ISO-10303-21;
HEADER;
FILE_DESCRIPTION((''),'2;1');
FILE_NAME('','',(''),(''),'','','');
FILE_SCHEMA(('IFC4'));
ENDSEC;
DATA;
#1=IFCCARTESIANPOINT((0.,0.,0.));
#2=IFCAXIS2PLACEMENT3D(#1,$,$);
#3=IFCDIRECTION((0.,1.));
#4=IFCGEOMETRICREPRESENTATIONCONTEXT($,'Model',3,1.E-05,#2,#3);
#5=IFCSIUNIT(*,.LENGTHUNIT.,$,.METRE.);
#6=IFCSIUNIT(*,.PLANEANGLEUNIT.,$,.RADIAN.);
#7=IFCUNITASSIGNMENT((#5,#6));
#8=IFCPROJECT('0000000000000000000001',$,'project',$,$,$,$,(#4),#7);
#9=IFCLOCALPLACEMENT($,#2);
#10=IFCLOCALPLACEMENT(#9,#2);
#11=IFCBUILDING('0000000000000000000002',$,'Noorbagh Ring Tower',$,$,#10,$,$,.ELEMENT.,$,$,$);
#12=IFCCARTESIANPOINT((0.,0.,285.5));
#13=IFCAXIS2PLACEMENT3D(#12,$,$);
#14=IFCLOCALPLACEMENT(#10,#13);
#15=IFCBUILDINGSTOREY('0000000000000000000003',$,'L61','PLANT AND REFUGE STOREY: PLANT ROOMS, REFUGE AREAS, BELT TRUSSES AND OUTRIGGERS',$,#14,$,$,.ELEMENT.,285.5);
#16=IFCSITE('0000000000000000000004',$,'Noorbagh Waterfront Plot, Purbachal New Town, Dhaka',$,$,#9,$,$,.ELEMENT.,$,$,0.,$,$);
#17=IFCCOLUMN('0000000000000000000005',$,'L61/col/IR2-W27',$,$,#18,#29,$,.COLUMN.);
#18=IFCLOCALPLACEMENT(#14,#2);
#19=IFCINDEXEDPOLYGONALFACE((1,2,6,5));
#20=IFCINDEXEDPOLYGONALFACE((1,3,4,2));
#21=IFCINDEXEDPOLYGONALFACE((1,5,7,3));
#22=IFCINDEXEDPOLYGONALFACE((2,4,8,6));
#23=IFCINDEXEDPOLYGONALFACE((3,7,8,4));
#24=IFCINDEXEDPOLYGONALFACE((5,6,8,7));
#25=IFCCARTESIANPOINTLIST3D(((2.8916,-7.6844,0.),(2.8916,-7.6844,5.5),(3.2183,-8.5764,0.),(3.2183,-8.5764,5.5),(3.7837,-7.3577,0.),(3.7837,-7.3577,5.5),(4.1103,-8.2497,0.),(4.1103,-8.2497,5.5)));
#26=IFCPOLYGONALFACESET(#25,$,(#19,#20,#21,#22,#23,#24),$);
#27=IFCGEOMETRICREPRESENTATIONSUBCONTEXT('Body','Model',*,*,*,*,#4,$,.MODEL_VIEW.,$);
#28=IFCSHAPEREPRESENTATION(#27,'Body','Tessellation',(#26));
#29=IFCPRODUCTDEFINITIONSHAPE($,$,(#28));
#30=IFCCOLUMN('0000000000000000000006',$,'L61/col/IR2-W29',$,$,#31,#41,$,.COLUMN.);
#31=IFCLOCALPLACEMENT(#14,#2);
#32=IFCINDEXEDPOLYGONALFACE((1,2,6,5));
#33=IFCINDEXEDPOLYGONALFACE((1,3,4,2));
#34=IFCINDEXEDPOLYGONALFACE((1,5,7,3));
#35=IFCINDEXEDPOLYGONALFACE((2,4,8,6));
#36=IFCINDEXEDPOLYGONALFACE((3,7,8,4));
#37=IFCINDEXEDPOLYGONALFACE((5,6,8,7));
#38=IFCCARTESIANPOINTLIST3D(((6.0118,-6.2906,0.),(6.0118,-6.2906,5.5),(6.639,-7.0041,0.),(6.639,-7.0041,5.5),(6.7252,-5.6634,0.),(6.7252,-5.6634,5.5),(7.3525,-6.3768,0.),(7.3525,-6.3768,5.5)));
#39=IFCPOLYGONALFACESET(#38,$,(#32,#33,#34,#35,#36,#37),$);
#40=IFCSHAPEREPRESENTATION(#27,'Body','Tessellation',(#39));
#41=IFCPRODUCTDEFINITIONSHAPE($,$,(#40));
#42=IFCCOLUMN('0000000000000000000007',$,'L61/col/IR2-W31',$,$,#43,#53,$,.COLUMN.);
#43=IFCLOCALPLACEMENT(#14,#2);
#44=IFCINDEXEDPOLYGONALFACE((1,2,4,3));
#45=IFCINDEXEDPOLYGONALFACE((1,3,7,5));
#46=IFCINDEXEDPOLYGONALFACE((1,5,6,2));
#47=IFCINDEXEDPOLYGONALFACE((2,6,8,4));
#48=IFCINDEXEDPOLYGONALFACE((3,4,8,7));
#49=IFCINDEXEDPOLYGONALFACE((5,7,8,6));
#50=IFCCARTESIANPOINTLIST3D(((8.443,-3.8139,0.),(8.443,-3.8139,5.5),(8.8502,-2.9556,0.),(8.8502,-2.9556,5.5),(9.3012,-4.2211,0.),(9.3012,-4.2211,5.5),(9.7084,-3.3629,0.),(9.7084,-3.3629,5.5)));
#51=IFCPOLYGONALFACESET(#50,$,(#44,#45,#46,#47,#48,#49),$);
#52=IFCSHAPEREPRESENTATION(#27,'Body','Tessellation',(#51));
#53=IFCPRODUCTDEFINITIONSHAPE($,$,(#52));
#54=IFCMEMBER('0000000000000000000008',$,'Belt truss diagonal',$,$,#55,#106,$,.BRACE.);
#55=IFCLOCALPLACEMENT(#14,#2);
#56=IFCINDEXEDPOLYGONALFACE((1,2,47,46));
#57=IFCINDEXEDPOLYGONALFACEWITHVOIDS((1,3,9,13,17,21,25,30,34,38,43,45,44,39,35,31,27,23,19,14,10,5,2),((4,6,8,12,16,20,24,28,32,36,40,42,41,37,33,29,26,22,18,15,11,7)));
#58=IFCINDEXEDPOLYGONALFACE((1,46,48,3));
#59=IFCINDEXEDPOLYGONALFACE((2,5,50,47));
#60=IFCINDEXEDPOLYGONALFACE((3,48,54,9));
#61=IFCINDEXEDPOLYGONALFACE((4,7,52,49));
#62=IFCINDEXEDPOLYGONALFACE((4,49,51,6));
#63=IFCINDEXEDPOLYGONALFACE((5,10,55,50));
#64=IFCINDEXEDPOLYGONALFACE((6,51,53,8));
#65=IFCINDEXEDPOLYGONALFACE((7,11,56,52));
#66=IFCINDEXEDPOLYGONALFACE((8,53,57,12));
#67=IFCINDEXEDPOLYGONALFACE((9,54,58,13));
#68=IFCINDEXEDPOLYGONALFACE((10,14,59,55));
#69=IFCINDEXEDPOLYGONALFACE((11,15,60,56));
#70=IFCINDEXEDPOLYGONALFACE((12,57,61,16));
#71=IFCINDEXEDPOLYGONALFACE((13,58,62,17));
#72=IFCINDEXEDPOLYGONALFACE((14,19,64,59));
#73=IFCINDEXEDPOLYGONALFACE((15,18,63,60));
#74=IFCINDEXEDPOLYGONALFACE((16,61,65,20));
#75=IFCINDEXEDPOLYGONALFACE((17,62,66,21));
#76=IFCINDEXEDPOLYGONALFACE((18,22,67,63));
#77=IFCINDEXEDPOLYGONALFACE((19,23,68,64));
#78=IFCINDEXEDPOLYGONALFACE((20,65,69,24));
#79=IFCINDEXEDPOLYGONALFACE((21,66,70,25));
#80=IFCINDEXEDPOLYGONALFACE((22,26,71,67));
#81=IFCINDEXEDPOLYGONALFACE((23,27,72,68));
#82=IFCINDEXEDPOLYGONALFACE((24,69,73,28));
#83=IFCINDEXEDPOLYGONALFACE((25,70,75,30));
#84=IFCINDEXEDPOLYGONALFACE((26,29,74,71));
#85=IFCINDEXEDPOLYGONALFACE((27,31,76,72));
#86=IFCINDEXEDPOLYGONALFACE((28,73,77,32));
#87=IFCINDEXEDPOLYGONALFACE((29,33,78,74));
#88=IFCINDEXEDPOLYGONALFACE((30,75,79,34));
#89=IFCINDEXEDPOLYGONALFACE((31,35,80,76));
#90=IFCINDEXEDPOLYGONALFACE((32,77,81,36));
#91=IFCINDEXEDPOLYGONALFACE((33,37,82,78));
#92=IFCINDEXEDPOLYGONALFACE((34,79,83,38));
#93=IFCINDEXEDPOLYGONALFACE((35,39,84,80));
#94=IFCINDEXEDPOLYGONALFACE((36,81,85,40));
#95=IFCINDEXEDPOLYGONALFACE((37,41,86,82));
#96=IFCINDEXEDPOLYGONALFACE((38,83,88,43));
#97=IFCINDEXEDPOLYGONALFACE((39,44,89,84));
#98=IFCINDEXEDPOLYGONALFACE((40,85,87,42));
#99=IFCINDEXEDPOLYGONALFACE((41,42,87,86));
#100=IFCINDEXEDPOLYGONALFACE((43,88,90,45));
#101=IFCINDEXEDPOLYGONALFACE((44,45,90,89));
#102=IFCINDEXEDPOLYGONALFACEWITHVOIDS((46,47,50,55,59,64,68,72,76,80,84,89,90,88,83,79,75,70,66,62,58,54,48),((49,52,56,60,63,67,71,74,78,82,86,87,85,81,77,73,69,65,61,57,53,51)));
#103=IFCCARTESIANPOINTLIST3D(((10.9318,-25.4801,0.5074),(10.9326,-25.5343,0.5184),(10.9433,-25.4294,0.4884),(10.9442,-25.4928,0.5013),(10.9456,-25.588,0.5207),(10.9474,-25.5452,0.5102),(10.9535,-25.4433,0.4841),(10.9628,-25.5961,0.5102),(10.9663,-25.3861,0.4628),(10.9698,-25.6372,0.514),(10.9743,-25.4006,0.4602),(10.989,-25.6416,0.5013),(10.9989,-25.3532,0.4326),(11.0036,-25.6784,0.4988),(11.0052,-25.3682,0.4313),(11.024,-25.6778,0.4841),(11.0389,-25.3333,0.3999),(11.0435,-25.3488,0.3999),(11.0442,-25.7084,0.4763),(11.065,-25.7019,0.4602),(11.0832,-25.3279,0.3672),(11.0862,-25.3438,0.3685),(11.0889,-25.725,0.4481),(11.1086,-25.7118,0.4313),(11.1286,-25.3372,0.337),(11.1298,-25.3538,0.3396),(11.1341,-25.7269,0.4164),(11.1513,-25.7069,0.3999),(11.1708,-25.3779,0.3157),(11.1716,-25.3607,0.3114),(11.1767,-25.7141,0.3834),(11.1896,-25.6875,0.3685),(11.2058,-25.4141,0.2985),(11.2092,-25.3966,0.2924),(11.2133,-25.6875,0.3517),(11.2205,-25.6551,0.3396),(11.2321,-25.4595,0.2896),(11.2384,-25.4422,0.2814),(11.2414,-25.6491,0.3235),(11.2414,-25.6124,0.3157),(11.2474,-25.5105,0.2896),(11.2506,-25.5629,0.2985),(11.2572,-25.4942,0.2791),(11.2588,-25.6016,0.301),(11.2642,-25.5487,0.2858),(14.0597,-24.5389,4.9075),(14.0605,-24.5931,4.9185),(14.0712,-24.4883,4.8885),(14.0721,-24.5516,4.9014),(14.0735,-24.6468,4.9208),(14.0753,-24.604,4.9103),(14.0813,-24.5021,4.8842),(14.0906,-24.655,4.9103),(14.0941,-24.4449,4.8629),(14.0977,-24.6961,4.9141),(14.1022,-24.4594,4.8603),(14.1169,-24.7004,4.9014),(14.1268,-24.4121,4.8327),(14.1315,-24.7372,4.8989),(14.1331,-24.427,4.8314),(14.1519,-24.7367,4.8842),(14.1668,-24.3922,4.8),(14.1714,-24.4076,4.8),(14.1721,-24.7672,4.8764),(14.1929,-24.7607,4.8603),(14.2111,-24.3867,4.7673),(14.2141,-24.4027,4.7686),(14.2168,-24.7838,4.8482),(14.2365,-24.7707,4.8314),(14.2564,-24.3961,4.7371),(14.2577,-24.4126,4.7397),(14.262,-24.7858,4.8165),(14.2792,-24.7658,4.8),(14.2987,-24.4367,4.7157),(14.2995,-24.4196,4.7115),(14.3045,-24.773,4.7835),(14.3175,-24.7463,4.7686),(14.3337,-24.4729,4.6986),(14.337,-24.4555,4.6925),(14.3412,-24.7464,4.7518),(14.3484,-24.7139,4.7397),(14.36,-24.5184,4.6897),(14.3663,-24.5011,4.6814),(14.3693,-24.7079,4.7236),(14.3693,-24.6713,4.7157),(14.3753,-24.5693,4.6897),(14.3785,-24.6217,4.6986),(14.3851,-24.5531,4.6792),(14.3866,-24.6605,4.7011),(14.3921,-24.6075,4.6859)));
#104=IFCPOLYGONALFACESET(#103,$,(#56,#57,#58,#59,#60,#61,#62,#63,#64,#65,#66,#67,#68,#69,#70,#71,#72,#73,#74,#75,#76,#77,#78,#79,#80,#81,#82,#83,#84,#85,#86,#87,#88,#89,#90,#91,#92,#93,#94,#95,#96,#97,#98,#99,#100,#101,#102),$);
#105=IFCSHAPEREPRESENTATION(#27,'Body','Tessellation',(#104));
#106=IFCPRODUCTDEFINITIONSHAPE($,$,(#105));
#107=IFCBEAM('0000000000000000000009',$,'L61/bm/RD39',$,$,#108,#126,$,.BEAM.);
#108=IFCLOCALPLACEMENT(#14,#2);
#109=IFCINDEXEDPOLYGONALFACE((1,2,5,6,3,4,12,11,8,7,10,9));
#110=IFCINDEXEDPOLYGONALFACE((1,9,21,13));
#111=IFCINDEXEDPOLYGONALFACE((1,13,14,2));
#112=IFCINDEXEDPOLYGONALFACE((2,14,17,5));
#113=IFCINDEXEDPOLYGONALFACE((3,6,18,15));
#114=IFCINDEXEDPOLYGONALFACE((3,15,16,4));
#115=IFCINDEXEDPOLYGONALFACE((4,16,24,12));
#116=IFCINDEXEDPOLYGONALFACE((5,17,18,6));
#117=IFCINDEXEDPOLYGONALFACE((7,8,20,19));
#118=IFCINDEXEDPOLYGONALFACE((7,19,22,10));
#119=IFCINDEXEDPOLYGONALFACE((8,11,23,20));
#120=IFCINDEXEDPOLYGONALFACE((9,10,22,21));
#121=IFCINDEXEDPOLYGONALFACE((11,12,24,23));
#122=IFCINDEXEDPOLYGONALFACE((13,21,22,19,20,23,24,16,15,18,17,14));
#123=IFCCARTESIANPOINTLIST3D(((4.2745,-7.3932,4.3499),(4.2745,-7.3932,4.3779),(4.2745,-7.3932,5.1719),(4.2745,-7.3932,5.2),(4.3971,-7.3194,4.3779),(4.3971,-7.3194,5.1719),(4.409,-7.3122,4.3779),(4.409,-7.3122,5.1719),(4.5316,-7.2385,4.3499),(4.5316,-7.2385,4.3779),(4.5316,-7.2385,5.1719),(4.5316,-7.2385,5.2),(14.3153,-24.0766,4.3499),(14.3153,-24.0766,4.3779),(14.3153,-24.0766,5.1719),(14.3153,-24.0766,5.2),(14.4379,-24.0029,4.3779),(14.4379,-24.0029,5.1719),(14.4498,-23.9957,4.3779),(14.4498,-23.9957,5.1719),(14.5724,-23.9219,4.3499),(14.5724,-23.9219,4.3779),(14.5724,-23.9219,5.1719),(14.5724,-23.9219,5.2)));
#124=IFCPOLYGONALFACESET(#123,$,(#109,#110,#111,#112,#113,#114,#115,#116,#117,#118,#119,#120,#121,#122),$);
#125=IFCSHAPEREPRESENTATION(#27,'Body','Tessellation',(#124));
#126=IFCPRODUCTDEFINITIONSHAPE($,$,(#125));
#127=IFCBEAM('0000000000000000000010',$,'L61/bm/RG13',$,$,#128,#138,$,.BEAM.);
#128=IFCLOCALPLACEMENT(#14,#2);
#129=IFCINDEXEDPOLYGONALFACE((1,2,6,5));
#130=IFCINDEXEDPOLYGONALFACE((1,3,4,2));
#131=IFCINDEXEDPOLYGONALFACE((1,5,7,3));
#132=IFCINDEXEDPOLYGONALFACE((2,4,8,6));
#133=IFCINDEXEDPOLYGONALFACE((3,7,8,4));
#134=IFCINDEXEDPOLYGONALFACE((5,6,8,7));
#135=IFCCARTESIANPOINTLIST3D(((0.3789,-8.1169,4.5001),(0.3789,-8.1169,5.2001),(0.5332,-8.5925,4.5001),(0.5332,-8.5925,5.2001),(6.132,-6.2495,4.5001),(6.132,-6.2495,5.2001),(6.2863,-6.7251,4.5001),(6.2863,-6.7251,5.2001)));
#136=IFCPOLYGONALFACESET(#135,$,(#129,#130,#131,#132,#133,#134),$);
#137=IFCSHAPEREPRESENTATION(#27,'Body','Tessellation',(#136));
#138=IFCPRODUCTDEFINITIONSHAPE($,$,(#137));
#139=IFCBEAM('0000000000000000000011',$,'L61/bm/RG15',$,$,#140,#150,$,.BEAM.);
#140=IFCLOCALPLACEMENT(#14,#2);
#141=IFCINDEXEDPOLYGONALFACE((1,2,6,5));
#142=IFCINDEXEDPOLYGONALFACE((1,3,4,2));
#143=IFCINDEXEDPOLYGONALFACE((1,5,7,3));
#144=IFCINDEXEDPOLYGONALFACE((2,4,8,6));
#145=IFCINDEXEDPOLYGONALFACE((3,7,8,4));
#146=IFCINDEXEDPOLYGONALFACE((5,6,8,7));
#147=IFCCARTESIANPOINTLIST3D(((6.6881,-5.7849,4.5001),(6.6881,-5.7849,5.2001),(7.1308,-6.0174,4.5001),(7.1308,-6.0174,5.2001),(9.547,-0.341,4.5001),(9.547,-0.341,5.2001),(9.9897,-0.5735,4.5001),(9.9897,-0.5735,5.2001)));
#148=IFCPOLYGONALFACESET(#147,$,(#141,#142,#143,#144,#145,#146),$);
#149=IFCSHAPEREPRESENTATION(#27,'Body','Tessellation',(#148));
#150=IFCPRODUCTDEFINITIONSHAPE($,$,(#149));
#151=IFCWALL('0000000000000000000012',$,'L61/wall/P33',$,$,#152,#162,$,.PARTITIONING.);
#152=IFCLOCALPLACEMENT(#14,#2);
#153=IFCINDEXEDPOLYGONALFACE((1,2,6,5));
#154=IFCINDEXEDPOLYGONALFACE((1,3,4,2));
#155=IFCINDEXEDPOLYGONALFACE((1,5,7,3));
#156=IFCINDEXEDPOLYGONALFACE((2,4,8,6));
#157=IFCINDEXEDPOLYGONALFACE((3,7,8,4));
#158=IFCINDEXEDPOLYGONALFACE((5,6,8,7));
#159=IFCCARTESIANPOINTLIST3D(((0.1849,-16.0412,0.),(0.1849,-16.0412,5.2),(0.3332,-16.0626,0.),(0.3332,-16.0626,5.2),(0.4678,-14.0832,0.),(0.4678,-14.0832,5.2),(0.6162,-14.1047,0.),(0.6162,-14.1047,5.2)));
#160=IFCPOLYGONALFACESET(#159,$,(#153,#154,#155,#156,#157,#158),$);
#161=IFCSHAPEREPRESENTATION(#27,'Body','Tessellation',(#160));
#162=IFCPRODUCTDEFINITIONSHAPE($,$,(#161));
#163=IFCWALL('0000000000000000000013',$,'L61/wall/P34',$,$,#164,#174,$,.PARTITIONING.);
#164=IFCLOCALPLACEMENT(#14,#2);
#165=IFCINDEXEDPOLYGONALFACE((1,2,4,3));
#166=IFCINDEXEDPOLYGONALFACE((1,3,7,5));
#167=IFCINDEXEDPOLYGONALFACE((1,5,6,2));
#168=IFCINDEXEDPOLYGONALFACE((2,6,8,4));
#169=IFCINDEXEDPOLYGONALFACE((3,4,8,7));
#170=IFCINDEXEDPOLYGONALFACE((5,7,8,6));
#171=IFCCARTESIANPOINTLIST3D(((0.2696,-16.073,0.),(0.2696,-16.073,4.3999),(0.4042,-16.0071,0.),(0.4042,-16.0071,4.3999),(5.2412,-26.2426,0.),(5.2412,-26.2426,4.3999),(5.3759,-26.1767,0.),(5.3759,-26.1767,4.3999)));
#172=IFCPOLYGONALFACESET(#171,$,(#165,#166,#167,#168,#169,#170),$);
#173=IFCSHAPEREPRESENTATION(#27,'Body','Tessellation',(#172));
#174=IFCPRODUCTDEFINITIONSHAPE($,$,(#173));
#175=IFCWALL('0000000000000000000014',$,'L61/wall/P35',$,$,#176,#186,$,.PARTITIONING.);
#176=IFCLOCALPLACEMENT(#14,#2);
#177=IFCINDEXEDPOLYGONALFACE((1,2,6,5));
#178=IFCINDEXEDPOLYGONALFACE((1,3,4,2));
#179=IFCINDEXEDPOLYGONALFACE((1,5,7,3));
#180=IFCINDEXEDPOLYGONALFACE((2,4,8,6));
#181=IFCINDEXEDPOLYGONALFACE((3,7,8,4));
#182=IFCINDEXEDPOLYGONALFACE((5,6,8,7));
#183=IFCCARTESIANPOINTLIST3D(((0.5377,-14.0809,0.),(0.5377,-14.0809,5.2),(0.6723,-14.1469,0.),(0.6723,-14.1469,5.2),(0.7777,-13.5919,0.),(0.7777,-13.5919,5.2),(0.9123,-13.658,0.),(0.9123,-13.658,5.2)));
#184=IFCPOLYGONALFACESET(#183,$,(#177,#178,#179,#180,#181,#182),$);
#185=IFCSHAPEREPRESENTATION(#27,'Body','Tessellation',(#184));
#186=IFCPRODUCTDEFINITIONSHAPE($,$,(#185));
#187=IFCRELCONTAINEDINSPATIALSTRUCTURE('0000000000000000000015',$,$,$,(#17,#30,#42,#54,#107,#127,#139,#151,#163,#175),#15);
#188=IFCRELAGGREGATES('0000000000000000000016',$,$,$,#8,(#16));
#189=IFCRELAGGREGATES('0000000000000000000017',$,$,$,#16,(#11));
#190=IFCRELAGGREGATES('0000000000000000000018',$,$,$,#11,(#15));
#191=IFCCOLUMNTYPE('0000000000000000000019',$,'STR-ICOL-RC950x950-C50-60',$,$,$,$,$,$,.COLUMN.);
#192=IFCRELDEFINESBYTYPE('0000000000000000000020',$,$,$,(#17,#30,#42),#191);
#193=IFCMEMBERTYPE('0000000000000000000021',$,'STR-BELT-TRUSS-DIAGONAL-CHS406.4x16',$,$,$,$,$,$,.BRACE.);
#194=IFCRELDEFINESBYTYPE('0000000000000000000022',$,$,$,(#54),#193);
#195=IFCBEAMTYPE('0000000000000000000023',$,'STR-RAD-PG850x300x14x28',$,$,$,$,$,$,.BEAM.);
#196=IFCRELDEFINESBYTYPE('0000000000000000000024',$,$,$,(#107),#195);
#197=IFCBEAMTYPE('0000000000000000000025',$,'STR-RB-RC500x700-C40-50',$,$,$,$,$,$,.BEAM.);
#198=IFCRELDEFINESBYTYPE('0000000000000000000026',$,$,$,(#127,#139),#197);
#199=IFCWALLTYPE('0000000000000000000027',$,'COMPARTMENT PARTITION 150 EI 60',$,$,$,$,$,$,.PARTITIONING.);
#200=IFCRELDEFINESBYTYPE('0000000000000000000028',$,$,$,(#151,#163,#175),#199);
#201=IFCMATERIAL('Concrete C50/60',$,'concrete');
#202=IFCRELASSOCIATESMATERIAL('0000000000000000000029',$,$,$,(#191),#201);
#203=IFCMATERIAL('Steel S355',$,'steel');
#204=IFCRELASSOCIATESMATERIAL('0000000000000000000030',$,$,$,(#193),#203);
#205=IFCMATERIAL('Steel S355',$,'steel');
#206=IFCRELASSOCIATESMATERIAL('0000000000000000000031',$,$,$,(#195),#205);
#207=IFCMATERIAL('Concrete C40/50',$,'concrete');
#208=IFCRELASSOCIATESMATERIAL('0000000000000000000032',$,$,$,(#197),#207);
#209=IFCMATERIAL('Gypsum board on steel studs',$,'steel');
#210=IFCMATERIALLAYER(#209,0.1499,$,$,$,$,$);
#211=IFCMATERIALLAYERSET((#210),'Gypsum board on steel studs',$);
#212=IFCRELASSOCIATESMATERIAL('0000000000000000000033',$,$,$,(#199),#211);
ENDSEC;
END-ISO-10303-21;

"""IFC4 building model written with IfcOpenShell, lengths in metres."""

from ifc_helpers import new_model, si_unit, direction, frame, frame_2d, origin, origin_2d, place, context, subcontext, project, spatial, rectangle, hollow_circle, i_section, extrude, material, layer, layer_set, material_profile, profile_set, type_object, element, save


model = new_model("IFC4")

# Units and contexts
model_context = context("Model", 3, precision=1e-05, world=origin(), true_north=direction((0.0, 1.0)))
body_context = subcontext(model_context, "Body", "Model", "MODEL_VIEW")
ifc_project = project(units=[si_unit("LENGTHUNIT", "METRE"), si_unit("PLANEANGLEUNIT", "RADIAN")], contexts=[model_context])

# Site, building, storey
site_placement = place(None, origin())
site = spatial("IfcSite", under=ifc_project, at=site_placement, Name="Noorbagh Waterfront Plot, Purbachal New Town, Dhaka", CompositionType="ELEMENT", RefElevation=0.0)
building_placement = place(site_placement, origin())
building = spatial("IfcBuilding", under=site, at=building_placement, Name="Noorbagh Ring Tower", CompositionType="ELEMENT")
storey_placement = place(building_placement, frame((0.0, 0.0, 285.5)))
storey = spatial("IfcBuildingStorey", under=building, at=storey_placement, Name="L61", Description="PLANT AND REFUGE STOREY: PLANT ROOMS, REFUGE AREAS, BELT TRUSSES AND OUTRIGGERS", CompositionType="ELEMENT", Elevation=285.5)

# Columns
ifc_material_1 = material(Name="Concrete C50/60", Category="concrete")
ifc_material_profile_1 = material_profile(ifc_material_1, rectangle(XDim=0.95, YDim=0.95, at=origin_2d()), Name="RC950x950")
ifc_profile_set_1 = profile_set([ifc_material_profile_1], Name="Concrete C50/60")
column_type = type_object("IfcColumnType", Name="STR-ICOL-RC950x950-C50-60", PredefinedType="COLUMN", material=ifc_profile_set_1)
for number, where, z_axis, x_axis, name in (
    (1, (3.501, -7.967, 0.0), (0.0, 0.0, 1.0), (0.93902, 0.343864, 0.0), "L61/col/IR2-W27"),
    (2, (6.6821, -6.3337, 0.0), (0.0, 0.0, 1.0), (0.751022, 0.660277, 0.0), "L61/col/IR2-W29"),
    (3, (9.0757, -3.5884, 0.0), (0.0, 0.0, 1.0), (0.428667, 0.903463, 0.0), "L61/col/IR2-W31"),
):
    element("IfcColumn", number, at=place(storey_placement, frame(where, z_axis=z_axis, x_axis=x_axis)), inside=storey, type_object=column_type, Name=name, PredefinedType="COLUMN", context=body_context, shape_type="SweptSolid", body=[
        extrude(rectangle(XDim=0.95, YDim=0.95, at=origin_2d()), origin(), (0.0, 0.0, 1.0), 5.5),
    ])

# Member
ifc_material_2 = material(Name="Steel S355", Category="steel")
ifc_material_profile_2 = material_profile(ifc_material_2, hollow_circle(Radius=0.2031, WallThickness=0.0161, at=origin_2d()), Name="CHS406.4x16")
ifc_profile_set_2 = profile_set([ifc_material_profile_2], Name="Steel S355")
member_type = type_object("IfcMemberType", Name="STR-BELT-TRUSS-DIAGONAL-CHS406.4x16", PredefinedType="BRACE", material=ifc_profile_set_2)
member_placement = place(storey_placement, frame((11.0974, -25.5278, 0.3999), z_axis=(0.570784, 0.171743, 0.802938), x_axis=(-0.288129, 0.957591, 0.0)))
element("IfcMember", 4, at=member_placement, inside=storey, type_object=member_type, Name="Belt truss diagonal", PredefinedType="BRACE", context=body_context, shape_type="SweptSolid", body=[
    extrude(hollow_circle(Radius=0.2031, WallThickness=0.0161, at=origin_2d()), origin(), (0.0, 0.0, 1.0), 5.48),
])

# Beams
ifc_material_3 = material(Name="Steel S355", Category="steel")
ifc_material_profile_3 = material_profile(ifc_material_3, i_section(OverallWidth=0.3, OverallDepth=0.8501, WebThickness=0.0139, FlangeThickness=0.0281, at=origin_2d()), Name="PG850x300x14x28")
ifc_profile_set_3 = profile_set([ifc_material_profile_3], Name="Steel S355")
beam_type_1 = type_object("IfcBeamType", Name="STR-RAD-PG850x300x14x28", PredefinedType="BEAM", material=ifc_profile_set_3)
beam_1_placement = place(storey_placement, frame((14.4438, -23.9993, 4.7749), z_axis=(-0.515657, 0.856795, 0.0), x_axis=(-0.856795, -0.515657, 0.0)))
element("IfcBeam", 5, at=beam_1_placement, inside=storey, type_object=beam_type_1, Name="L61/bm/RD39", PredefinedType="BEAM", context=body_context, shape_type="SweptSolid", body=[
    extrude(i_section(OverallWidth=0.3, OverallDepth=0.8501, WebThickness=0.0139, FlangeThickness=0.0281, at=origin_2d()), origin(), (0.0, 0.0, 1.0), 19.4719),
])
ifc_material_4 = material(Name="Concrete C40/50", Category="concrete")
ifc_material_profile_4 = material_profile(ifc_material_4, rectangle(XDim=0.5, YDim=0.7, at=origin_2d()), Name="RC500x700")
ifc_profile_set_4 = profile_set([ifc_material_profile_4], Name="Concrete C40/50")
beam_type_2 = type_object("IfcBeamType", Name="STR-RB-RC500x700-C40-50", PredefinedType="BEAM", material=ifc_profile_set_4)
beam_2_placement = place(storey_placement, frame((0.4561, -8.3547, 4.8501), z_axis=(0.951148, 0.308735, 0.0), x_axis=(-0.308735, 0.951148, 0.0)))
element("IfcBeam", 6, at=beam_2_placement, inside=storey, type_object=beam_type_2, Name="L61/bm/RG13", PredefinedType="BEAM", context=body_context, shape_type="SweptSolid", body=[
    extrude(rectangle(XDim=0.5, YDim=0.7, at=origin_2d()), origin(), (0.0, 0.0, 1.0), 6.0486),
])
beam_3_placement = place(storey_placement, frame((6.9094, -5.9011, 4.8501), z_axis=(0.464944, 0.88534, 0.0), x_axis=(-0.88534, 0.464944, 0.0)))
element("IfcBeam", 7, at=beam_3_placement, inside=storey, type_object=beam_type_2, Name="L61/bm/RG15", PredefinedType="BEAM", context=body_context, shape_type="SweptSolid", body=[
    extrude(rectangle(XDim=0.5, YDim=0.7, at=origin_2d()), origin(), (0.0, 0.0, 1.0), 6.1489),
])

# Walls
ifc_material_5 = material(Name="Gypsum board on steel studs", Category="steel")
ifc_layer = layer(ifc_material_5, 0.1499)
ifc_layer_set = layer_set([ifc_layer], Name="Gypsum board on steel studs")
wall_type = type_object("IfcWallType", Name="COMPARTMENT PARTITION 150 EI 60", PredefinedType="PARTITIONING", material=ifc_layer_set)
wall_1_placement = place(storey_placement, frame((0.259, -16.052, 0.0), z_axis=(0.0, 0.0, 1.0), x_axis=(0.143028, 0.989719, 0.0)))
element("IfcWall", 8, at=wall_1_placement, inside=storey, type_object=wall_type, Name="L61/wall/P33", PredefinedType="PARTITIONING", context=body_context, shape_type="SweptSolid", body=[
    extrude(rectangle(XDim=1.9783, YDim=0.1499, at=frame_2d((0.9893, 0.0))), origin(), (0.0, 0.0, 1.0), 5.2),
])
wall_2_placement = place(storey_placement, frame((0.3369, -16.04, 0.0), z_axis=(0.0, 0.0, 1.0), x_axis=(0.439199, -0.89839, 0.0)))
element("IfcWall", 9, at=wall_2_placement, inside=storey, type_object=wall_type, Name="L61/wall/P34", PredefinedType="PARTITIONING", context=body_context, shape_type="SweptSolid", body=[
    extrude(rectangle(XDim=11.3198, YDim=0.1499, at=frame_2d((5.6599, 0.0))), origin(), (0.0, 0.0, 1.0), 4.3999),
])
wall_3_placement = place(storey_placement, frame((0.605, -14.114, 0.0), z_axis=(0.0, 0.0, 1.0), x_axis=(0.440568, 0.897719, 0.0)))
element("IfcWall", 10, at=wall_3_placement, inside=storey, type_object=wall_type, Name="L61/wall/P35", PredefinedType="PARTITIONING", context=body_context, shape_type="SweptSolid", body=[
    extrude(rectangle(XDim=0.5447, YDim=0.1499, at=frame_2d((0.2725, 0.0))), origin(), (0.0, 0.0, 1.0), 5.2),
])

save(model, "model.ifc")
